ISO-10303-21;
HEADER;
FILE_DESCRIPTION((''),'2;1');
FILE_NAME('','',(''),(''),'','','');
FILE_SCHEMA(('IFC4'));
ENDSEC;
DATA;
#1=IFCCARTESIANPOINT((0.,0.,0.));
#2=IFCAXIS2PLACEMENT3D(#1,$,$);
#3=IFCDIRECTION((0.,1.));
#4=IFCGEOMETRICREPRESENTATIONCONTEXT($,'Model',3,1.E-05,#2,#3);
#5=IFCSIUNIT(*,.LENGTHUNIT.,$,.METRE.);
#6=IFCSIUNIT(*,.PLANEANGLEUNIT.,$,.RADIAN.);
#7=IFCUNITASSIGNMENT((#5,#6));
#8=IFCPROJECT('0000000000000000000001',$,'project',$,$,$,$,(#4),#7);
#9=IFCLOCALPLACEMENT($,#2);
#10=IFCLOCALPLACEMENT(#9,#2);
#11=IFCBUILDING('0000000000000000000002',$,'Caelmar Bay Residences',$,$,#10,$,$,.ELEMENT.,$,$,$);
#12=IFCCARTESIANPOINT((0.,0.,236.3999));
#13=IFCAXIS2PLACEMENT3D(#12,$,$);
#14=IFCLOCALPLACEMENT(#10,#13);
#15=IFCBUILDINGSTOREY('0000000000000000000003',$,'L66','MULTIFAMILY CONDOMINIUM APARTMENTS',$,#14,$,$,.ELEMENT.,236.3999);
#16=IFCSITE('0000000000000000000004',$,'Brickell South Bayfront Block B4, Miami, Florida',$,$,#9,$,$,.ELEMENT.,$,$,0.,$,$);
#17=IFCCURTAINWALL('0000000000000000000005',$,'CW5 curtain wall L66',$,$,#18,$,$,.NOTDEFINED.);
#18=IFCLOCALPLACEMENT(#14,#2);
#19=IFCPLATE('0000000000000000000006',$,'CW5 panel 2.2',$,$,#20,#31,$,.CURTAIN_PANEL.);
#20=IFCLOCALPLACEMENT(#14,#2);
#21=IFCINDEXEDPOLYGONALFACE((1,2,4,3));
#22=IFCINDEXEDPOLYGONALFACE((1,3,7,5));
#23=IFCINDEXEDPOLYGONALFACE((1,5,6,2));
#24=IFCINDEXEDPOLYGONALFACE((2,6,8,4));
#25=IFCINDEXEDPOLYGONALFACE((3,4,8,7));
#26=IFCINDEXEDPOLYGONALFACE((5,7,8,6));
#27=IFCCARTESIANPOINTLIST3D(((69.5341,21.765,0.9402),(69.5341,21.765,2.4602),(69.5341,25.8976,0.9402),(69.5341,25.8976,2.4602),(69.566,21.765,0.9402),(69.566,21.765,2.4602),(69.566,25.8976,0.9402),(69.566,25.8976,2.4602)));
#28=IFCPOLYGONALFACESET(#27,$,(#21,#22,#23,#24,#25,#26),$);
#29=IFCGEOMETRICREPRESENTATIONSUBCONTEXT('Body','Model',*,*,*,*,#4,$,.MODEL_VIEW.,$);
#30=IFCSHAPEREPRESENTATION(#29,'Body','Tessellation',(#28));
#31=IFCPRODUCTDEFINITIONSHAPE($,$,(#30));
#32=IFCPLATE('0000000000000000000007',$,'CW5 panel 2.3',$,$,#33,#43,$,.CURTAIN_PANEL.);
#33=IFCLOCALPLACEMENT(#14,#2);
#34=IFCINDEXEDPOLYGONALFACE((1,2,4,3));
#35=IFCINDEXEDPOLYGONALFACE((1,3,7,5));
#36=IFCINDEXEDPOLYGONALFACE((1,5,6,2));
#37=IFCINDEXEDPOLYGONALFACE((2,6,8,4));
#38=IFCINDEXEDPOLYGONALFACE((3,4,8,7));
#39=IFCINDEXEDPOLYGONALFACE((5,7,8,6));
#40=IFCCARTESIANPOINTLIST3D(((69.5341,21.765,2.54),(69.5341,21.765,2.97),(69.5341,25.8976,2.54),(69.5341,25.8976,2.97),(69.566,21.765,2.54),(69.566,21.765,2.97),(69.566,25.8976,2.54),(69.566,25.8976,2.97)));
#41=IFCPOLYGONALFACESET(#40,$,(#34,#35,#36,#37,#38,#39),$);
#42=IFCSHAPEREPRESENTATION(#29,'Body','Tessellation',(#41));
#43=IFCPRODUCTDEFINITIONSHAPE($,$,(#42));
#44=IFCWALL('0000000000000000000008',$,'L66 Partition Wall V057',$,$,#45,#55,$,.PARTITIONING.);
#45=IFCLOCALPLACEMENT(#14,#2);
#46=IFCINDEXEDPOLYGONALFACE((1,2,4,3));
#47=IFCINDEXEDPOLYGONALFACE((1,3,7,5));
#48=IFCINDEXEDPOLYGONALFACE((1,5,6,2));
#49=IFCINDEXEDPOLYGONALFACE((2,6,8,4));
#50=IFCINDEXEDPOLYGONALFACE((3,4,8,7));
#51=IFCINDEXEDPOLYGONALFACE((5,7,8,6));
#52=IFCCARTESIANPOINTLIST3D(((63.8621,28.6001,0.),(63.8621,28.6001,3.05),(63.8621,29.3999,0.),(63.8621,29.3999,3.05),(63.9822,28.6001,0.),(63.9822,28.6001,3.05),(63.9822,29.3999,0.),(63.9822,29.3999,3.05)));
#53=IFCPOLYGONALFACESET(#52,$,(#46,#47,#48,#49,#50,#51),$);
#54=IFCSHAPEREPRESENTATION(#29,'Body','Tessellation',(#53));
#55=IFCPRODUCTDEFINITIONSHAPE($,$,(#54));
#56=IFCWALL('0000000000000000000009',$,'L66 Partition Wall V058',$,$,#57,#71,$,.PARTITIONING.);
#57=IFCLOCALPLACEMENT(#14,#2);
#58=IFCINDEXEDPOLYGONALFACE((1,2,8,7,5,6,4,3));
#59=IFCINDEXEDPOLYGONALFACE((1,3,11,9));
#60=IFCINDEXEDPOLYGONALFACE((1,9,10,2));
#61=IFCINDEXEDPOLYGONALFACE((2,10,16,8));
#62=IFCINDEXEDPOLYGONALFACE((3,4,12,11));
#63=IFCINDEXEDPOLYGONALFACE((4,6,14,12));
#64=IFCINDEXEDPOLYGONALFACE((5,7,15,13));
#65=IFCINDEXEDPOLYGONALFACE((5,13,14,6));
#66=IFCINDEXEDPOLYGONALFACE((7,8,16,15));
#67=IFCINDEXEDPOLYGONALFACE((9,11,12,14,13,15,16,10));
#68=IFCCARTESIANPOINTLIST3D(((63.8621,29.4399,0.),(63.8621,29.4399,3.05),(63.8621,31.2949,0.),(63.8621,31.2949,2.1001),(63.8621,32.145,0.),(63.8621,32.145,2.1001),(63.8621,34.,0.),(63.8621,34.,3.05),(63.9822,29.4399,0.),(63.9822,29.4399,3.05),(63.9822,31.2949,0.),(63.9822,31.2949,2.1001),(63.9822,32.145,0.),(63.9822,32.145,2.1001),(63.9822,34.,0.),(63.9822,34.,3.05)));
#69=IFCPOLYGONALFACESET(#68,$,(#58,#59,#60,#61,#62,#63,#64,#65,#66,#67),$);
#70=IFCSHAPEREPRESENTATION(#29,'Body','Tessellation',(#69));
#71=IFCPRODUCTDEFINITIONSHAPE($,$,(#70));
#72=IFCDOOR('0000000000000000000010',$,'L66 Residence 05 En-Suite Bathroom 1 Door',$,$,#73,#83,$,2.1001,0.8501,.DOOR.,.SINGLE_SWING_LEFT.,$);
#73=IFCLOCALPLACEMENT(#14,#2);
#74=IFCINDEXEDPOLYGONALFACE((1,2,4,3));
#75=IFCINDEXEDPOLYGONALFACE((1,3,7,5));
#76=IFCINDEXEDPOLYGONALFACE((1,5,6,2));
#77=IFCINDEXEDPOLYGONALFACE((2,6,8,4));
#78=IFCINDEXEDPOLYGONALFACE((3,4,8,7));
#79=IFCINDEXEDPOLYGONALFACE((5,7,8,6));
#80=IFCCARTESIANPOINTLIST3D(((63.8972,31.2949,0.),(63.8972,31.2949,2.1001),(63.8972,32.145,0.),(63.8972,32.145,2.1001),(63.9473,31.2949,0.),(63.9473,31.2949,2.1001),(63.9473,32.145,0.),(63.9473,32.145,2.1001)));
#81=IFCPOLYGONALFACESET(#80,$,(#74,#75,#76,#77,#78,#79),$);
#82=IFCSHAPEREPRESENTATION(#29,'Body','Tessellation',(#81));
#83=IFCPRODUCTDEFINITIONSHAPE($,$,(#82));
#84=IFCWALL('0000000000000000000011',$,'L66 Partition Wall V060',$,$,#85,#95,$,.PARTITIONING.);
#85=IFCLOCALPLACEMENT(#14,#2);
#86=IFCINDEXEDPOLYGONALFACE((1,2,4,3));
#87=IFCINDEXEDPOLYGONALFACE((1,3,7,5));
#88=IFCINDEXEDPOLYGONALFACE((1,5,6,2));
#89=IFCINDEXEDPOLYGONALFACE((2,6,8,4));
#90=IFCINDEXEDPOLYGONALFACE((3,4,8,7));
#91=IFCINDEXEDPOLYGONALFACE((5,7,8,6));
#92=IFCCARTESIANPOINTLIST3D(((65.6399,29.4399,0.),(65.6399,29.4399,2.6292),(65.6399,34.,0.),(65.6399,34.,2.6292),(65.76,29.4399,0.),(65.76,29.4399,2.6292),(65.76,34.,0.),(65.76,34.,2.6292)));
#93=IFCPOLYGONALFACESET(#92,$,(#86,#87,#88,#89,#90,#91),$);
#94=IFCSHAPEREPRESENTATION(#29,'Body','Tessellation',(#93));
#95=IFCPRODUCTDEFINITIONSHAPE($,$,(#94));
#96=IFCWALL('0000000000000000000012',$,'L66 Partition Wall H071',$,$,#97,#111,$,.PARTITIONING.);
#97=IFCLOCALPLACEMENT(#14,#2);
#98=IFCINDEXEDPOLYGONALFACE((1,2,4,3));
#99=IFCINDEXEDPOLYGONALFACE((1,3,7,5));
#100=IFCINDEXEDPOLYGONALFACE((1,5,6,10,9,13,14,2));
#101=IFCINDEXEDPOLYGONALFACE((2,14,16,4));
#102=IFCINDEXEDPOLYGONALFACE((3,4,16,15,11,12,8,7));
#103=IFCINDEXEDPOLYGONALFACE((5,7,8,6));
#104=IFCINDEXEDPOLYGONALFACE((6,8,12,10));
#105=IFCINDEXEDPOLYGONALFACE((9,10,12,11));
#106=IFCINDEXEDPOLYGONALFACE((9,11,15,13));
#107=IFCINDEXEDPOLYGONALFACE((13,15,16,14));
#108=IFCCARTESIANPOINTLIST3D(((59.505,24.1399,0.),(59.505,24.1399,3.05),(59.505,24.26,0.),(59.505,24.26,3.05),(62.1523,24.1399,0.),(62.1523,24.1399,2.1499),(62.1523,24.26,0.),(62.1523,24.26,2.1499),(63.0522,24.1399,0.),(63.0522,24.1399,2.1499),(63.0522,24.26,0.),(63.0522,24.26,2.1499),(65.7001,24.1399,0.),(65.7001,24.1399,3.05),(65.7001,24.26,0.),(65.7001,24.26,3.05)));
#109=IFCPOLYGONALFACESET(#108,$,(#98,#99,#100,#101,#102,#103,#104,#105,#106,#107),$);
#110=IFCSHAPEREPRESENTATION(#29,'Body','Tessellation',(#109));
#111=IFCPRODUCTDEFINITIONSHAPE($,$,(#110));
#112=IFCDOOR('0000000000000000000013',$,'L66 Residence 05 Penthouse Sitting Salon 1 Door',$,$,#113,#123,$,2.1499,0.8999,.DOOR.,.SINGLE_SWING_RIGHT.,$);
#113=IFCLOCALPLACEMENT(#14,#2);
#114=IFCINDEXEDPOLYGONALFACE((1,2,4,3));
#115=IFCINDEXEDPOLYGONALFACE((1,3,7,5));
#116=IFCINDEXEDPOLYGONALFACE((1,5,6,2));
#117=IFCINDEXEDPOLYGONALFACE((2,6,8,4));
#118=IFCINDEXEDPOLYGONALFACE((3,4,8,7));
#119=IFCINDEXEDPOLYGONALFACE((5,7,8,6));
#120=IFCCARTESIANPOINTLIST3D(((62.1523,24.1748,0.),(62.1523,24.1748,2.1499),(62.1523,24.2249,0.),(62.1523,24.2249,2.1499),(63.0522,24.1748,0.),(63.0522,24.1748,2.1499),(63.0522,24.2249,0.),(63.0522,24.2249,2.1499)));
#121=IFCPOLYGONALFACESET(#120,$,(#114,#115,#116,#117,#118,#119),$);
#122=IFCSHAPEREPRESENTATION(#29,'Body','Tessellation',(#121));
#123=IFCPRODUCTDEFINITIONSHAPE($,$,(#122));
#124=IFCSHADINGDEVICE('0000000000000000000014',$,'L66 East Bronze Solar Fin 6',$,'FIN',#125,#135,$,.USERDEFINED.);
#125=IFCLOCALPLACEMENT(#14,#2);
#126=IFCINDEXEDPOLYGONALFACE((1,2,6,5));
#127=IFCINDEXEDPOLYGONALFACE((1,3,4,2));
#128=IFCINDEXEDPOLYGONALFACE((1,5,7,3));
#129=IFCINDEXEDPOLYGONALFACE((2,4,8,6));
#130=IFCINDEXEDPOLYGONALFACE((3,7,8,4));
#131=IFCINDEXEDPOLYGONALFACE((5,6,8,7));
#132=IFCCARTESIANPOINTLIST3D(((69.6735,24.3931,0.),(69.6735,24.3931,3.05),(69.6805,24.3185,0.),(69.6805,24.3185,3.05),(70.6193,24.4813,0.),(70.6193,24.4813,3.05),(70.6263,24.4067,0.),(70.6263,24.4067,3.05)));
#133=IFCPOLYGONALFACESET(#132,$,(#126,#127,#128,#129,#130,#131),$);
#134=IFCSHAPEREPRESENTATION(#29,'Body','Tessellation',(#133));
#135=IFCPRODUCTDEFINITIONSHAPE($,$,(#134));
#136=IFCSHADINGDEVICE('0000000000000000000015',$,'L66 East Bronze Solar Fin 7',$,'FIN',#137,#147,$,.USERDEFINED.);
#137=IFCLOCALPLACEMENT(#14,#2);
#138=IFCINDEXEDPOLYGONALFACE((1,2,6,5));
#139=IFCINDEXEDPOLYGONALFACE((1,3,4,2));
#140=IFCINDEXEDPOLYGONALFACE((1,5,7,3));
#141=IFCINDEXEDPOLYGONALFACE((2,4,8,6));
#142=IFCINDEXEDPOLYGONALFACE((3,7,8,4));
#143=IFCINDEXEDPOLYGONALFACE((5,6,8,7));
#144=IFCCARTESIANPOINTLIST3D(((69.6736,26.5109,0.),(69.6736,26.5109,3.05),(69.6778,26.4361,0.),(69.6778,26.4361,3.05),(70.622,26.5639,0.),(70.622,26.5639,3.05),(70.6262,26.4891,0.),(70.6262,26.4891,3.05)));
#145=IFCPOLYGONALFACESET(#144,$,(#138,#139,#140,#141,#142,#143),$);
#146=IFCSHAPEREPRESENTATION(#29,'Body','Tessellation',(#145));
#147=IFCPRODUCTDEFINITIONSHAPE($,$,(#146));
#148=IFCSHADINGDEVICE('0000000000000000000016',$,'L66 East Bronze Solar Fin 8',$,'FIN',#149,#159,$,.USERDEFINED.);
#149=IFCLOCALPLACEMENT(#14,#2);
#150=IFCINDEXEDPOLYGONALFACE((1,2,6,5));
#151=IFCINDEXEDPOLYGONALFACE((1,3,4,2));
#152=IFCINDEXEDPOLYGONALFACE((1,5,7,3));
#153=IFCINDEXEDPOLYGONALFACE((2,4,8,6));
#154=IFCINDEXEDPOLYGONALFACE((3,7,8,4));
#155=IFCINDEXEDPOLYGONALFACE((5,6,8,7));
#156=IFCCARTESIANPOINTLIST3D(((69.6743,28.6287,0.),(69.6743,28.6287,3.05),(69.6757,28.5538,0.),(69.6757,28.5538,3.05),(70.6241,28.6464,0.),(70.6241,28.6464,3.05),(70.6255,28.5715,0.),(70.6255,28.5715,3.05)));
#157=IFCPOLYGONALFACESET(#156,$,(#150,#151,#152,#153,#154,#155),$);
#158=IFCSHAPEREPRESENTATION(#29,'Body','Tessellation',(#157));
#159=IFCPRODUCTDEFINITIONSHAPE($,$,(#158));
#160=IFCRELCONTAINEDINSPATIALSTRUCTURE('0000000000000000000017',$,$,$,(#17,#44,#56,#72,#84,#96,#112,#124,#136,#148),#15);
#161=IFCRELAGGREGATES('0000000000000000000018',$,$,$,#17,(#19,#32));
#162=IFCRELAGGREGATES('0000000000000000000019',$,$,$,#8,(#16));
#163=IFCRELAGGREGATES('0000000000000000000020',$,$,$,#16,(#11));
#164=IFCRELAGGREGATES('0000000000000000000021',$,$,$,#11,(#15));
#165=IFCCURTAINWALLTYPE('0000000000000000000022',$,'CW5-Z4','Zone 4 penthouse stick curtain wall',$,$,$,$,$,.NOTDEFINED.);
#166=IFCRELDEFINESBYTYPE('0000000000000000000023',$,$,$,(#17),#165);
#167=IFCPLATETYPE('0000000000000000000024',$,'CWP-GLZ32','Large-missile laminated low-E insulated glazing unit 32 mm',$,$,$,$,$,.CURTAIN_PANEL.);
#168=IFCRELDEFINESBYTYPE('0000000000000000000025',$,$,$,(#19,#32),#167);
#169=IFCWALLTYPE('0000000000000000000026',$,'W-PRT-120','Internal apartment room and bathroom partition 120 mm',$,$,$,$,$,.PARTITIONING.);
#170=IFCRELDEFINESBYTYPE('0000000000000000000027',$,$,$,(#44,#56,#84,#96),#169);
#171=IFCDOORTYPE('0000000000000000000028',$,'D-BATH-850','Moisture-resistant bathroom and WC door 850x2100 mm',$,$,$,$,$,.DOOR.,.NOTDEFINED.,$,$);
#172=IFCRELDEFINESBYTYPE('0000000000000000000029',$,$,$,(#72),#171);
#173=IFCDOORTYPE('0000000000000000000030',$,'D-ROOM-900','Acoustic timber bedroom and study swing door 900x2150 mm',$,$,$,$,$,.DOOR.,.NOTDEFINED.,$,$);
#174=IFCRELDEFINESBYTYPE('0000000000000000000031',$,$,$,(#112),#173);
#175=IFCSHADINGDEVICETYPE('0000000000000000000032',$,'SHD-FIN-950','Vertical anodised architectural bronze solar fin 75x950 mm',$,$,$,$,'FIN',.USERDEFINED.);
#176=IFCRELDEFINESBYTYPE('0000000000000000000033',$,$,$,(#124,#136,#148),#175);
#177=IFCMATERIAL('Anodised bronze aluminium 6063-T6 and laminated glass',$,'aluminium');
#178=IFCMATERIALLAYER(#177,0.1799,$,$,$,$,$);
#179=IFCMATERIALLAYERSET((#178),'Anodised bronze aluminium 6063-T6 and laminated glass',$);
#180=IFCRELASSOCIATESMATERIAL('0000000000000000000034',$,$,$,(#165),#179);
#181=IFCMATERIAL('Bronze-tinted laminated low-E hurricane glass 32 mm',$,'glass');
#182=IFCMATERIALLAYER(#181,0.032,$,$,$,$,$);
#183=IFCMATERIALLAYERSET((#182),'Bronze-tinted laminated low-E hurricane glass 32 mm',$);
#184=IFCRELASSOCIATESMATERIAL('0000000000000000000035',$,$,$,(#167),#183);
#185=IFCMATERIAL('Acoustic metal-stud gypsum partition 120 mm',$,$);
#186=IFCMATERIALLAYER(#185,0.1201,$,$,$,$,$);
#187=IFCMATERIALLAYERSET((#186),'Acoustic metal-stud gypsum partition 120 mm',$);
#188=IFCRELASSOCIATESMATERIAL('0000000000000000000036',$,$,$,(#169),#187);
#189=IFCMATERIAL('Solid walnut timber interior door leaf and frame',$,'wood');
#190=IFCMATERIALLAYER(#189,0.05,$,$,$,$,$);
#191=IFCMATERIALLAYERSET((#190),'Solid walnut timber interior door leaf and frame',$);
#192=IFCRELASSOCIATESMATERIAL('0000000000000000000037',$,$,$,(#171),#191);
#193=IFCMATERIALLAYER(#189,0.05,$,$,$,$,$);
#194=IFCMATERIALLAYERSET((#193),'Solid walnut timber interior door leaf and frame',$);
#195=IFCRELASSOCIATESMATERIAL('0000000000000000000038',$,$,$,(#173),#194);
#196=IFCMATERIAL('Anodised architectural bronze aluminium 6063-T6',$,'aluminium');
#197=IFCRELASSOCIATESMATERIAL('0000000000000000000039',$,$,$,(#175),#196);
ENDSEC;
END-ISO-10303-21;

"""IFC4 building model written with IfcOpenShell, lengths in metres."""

from ifc_helpers import new_model, si_unit, direction, frame, frame_2d, origin, origin_2d, place, context, subcontext, project, spatial, rectangle, extrude, material, layer, layer_set, material_profile, profile_set, type_object, element, fill, aggregate, save


model = new_model("IFC4")

# Units and contexts
model_context = context("Model", 3, precision=1e-05, world=origin(), true_north=direction((0.0, 1.0)))
body_context = subcontext(model_context, "Body", "Model", "MODEL_VIEW")
ifc_project = project(units=[si_unit("LENGTHUNIT", "METRE"), si_unit("PLANEANGLEUNIT", "RADIAN")], contexts=[model_context])

# Site, building, storey
site_placement = place(None, origin())
site = spatial("IfcSite", under=ifc_project, at=site_placement, Name="Brickell South Bayfront Block B4, Miami, Florida", CompositionType="ELEMENT", RefElevation=0.0)
building_placement = place(site_placement, origin())
building = spatial("IfcBuilding", under=site, at=building_placement, Name="Caelmar Bay Residences", CompositionType="ELEMENT")
storey_placement = place(building_placement, frame((0.0, 0.0, 236.3999)))
storey = spatial("IfcBuildingStorey", under=building, at=storey_placement, Name="L66", Description="MULTIFAMILY CONDOMINIUM APARTMENTS", CompositionType="ELEMENT", Elevation=236.3999)

# Curtain wall, plates
ifc_material_1 = material(Name="Anodised bronze aluminium 6063-T6 and laminated glass", Category="aluminium")
ifc_layer_1 = layer(ifc_material_1, 0.1799)
ifc_layer_set_1 = layer_set([ifc_layer_1], Name="Anodised bronze aluminium 6063-T6 and laminated glass")
curtain_wall_type = type_object("IfcCurtainWallType", Name="CW5-Z4", Description="Zone 4 penthouse stick curtain wall", PredefinedType="NOTDEFINED", material=ifc_layer_set_1)
curtain_wall_placement = place(storey_placement, origin())
curtain_wall = element("IfcCurtainWall", 1, at=curtain_wall_placement, inside=storey, type_object=curtain_wall_type, Name="CW5 curtain wall L66", PredefinedType="NOTDEFINED")
ifc_material_2 = material(Name="Bronze-tinted laminated low-E hurricane glass 32 mm", Category="glass")
ifc_layer_2 = layer(ifc_material_2, 0.032)
ifc_layer_set_2 = layer_set([ifc_layer_2], Name="Bronze-tinted laminated low-E hurricane glass 32 mm")
plate_type = type_object("IfcPlateType", Name="CWP-GLZ32", Description="Large-missile laminated low-E insulated glazing unit 32 mm", PredefinedType="CURTAIN_PANEL", material=ifc_layer_set_2)
plate_1_placement = place(storey_placement, frame((69.55, 23.8313, 0.9402), z_axis=(0.0, 0.0, 1.0), x_axis=(0.0, -1.0, 0.0)))
plate_1 = element("IfcPlate", 2, at=plate_1_placement, type_object=plate_type, Name="CW5 panel 2.2", PredefinedType="CURTAIN_PANEL", context=body_context, shape_type="SweptSolid", body=[
    extrude(rectangle(XDim=4.1326, YDim=0.032, at=origin_2d()), origin(), (0.0, 0.0, 1.0), 1.52),
])
plate_2_placement = place(storey_placement, frame((69.55, 23.8313, 2.54), z_axis=(0.0, 0.0, 1.0), x_axis=(0.0, -1.0, 0.0)))
plate_2 = element("IfcPlate", 3, at=plate_2_placement, type_object=plate_type, Name="CW5 panel 2.3", PredefinedType="CURTAIN_PANEL", context=body_context, shape_type="SweptSolid", body=[
    extrude(rectangle(XDim=4.1326, YDim=0.032, at=origin_2d()), origin(), (0.0, 0.0, 1.0), 0.4299),
])
aggregate(curtain_wall, [plate_1, plate_2])

# Wall
ifc_material_3 = material(Name="Acoustic metal-stud gypsum partition 120 mm")
ifc_layer_3 = layer(ifc_material_3, 0.1201)
ifc_layer_set_3 = layer_set([ifc_layer_3], Name="Acoustic metal-stud gypsum partition 120 mm")
wall_type = type_object("IfcWallType", Name="W-PRT-120", Description="Internal apartment room and bathroom partition 120 mm", PredefinedType="PARTITIONING", material=ifc_layer_set_3)
wall_1_placement = place(storey_placement, frame((63.9221, 28.6001, 0.0), z_axis=(0.0, 0.0, 1.0), x_axis=(0.0, 1.0, 0.0)))
element("IfcWall", 4, at=wall_1_placement, inside=storey, type_object=wall_type, Name="L66 Partition Wall V057", PredefinedType="PARTITIONING", context=body_context, shape_type="SweptSolid", body=[
    extrude(rectangle(XDim=0.7998, YDim=0.1201, at=frame_2d((0.3999, 0.0))), origin(), (0.0, 0.0, 1.0), 3.05),
])

# Wall, opening, door
wall_2_placement = place(storey_placement, frame((63.9221, 29.4399, 0.0), z_axis=(0.0, 0.0, 1.0), x_axis=(0.0, 1.0, 0.0)))
wall_2 = element("IfcWall", 5, at=wall_2_placement, inside=storey, type_object=wall_type, Name="L66 Partition Wall V058", PredefinedType="PARTITIONING", context=body_context, shape_type="SweptSolid", body=[
    extrude(rectangle(XDim=4.5601, YDim=0.1201, at=frame_2d((2.28, 0.0))), origin(), (0.0, 0.0, 1.0), 3.05),
])
opening_1_placement = place(wall_2_placement, frame((1.855, 0.0, 0.0)))
opening_1 = element("IfcOpeningElement", 6, at=opening_1_placement, cuts=wall_2, PredefinedType="OPENING", context=body_context, shape_type="SweptSolid", body=[
    extrude(rectangle(XDim=0.8501, YDim=2.1001, at=frame_2d((0.425, 1.05))), frame((0.0, 0.0701, 0.0), z_axis=(0.0, -1.0, 0.0), x_axis=(1.0, 0.0, 0.0)), (0.0, 0.0, 1.0), 0.1401),
])
ifc_material_4 = material(Name="Solid walnut timber interior door leaf and frame", Category="wood")
ifc_layer_4 = layer(ifc_material_4, 0.05)
ifc_layer_set_4 = layer_set([ifc_layer_4], Name="Solid walnut timber interior door leaf and frame")
door_type_1 = type_object("IfcDoorType", Name="D-BATH-850", Description="Moisture-resistant bathroom and WC door 850x2100 mm", OperationType="NOTDEFINED", PredefinedType="DOOR", material=ifc_layer_set_4)
door_1_placement = place(opening_1_placement, origin())
door_1 = element("IfcDoor", 7, at=door_1_placement, inside=storey, type_object=door_type_1, Name="L66 Residence 05 En-Suite Bathroom 1 Door", OperationType="SINGLE_SWING_LEFT", OverallHeight=2.1001, OverallWidth=0.8501, PredefinedType="DOOR", context=body_context, shape_type="SweptSolid", body=[
    extrude(rectangle(XDim=0.8501, YDim=2.1001, at=frame_2d((0.425, 1.05))), frame((0.0, 0.0249, 0.0), z_axis=(0.0, -1.0, 0.0), x_axis=(1.0, 0.0, 0.0)), (0.0, 0.0, 1.0), 0.05),
])
fill(opening_1, door_1)

# Wall
wall_3_placement = place(storey_placement, frame((65.7, 29.4399, 0.0), z_axis=(0.0, 0.0, 1.0), x_axis=(0.0, 1.0, 0.0)))
element("IfcWall", 8, at=wall_3_placement, inside=storey, type_object=wall_type, Name="L66 Partition Wall V060", PredefinedType="PARTITIONING", context=body_context, shape_type="SweptSolid", body=[
    extrude(rectangle(XDim=4.5601, YDim=0.1201, at=frame_2d((2.28, 0.0))), origin(), (0.0, 0.0, 1.0), 2.6292),
])

# Wall, opening, door
wall_4_placement = place(storey_placement, frame((59.5049, 24.2, 0.0), z_axis=(0.0, 0.0, 1.0), x_axis=(1.0, 0.0, 0.0)))
wall_4 = element("IfcWall", 9, at=wall_4_placement, inside=storey, type_object=wall_type, Name="L66 Partition Wall H071", PredefinedType="PARTITIONING", context=body_context, shape_type="SweptSolid", body=[
    extrude(rectangle(XDim=6.1951, YDim=0.1201, at=frame_2d((3.0977, 0.0))), origin(), (0.0, 0.0, 1.0), 3.05),
])
opening_2_placement = place(wall_4_placement, frame((2.6475, 0.0, 0.0)))
opening_2 = element("IfcOpeningElement", 10, at=opening_2_placement, cuts=wall_4, PredefinedType="OPENING", context=body_context, shape_type="SweptSolid", body=[
    extrude(rectangle(XDim=0.8999, YDim=2.1499, at=frame_2d((0.45, 1.075))), frame((0.0, 0.0701, 0.0), z_axis=(0.0, -1.0, 0.0), x_axis=(1.0, 0.0, 0.0)), (0.0, 0.0, 1.0), 0.1401),
])
ifc_layer_5 = layer(ifc_material_4, 0.05)
ifc_layer_set_5 = layer_set([ifc_layer_5], Name="Solid walnut timber interior door leaf and frame")
door_type_2 = type_object("IfcDoorType", Name="D-ROOM-900", Description="Acoustic timber bedroom and study swing door 900x2150 mm", OperationType="NOTDEFINED", PredefinedType="DOOR", material=ifc_layer_set_5)
door_2_placement = place(opening_2_placement, origin())
door_2 = element("IfcDoor", 11, at=door_2_placement, inside=storey, type_object=door_type_2, Name="L66 Residence 05 Penthouse Sitting Salon 1 Door", OperationType="SINGLE_SWING_RIGHT", OverallHeight=2.1499, OverallWidth=0.8999, PredefinedType="DOOR", context=body_context, shape_type="SweptSolid", body=[
    extrude(rectangle(XDim=0.8999, YDim=2.1499, at=frame_2d((0.45, 1.075))), frame((0.0, 0.0249, 0.0), z_axis=(0.0, -1.0, 0.0), x_axis=(1.0, 0.0, 0.0)), (0.0, 0.0, 1.0), 0.05),
])
fill(opening_2, door_2)

# Shading devices
ifc_material_5 = material(Name="Anodised architectural bronze aluminium 6063-T6", Category="aluminium")
ifc_material_profile_1 = material_profile(ifc_material_5, rectangle(XDim=0.075, YDim=0.95, at=origin_2d()), Name="BRONZE-FIN-75X950")
ifc_profile_set_1 = profile_set([ifc_material_profile_1], Name="Anodised architectural bronze aluminium 6063-T6")
shading_device_type = type_object("IfcShadingDeviceType", Name="SHD-FIN-950", Description="Vertical anodised architectural bronze solar fin 75x950 mm", ElementType="FIN", PredefinedType="USERDEFINED", material=ifc_profile_set_1)
for number, where, z_axis, x_axis, name in (
    (12, (70.1499, 24.3999, 0.0), (0.0, 0.0, 1.0), (-0.092892, 0.995676, 0.0), "L66 East Bronze Solar Fin 6"),
    (13, (70.1499, 26.5, 0.0), (0.0, 0.0, 1.0), (-0.055822, 0.998441, 0.0), "L66 East Bronze Solar Fin 7"),
    (14, (70.1499, 28.6001, 0.0), (0.0, 0.0, 1.0), (-0.018674, 0.999826, 0.0), "L66 East Bronze Solar Fin 8"),
):
    element("IfcShadingDevice", number, at=place(storey_placement, frame(where, z_axis=z_axis, x_axis=x_axis)), inside=storey, type_object=shading_device_type, Name=name, ObjectType="FIN", PredefinedType="USERDEFINED", context=body_context, shape_type="SweptSolid", body=[
        extrude(rectangle(XDim=0.075, YDim=0.95, at=origin_2d()), origin(), (0.0, 0.0, 1.0), 3.05),
    ])

save(model, "model.ifc")
